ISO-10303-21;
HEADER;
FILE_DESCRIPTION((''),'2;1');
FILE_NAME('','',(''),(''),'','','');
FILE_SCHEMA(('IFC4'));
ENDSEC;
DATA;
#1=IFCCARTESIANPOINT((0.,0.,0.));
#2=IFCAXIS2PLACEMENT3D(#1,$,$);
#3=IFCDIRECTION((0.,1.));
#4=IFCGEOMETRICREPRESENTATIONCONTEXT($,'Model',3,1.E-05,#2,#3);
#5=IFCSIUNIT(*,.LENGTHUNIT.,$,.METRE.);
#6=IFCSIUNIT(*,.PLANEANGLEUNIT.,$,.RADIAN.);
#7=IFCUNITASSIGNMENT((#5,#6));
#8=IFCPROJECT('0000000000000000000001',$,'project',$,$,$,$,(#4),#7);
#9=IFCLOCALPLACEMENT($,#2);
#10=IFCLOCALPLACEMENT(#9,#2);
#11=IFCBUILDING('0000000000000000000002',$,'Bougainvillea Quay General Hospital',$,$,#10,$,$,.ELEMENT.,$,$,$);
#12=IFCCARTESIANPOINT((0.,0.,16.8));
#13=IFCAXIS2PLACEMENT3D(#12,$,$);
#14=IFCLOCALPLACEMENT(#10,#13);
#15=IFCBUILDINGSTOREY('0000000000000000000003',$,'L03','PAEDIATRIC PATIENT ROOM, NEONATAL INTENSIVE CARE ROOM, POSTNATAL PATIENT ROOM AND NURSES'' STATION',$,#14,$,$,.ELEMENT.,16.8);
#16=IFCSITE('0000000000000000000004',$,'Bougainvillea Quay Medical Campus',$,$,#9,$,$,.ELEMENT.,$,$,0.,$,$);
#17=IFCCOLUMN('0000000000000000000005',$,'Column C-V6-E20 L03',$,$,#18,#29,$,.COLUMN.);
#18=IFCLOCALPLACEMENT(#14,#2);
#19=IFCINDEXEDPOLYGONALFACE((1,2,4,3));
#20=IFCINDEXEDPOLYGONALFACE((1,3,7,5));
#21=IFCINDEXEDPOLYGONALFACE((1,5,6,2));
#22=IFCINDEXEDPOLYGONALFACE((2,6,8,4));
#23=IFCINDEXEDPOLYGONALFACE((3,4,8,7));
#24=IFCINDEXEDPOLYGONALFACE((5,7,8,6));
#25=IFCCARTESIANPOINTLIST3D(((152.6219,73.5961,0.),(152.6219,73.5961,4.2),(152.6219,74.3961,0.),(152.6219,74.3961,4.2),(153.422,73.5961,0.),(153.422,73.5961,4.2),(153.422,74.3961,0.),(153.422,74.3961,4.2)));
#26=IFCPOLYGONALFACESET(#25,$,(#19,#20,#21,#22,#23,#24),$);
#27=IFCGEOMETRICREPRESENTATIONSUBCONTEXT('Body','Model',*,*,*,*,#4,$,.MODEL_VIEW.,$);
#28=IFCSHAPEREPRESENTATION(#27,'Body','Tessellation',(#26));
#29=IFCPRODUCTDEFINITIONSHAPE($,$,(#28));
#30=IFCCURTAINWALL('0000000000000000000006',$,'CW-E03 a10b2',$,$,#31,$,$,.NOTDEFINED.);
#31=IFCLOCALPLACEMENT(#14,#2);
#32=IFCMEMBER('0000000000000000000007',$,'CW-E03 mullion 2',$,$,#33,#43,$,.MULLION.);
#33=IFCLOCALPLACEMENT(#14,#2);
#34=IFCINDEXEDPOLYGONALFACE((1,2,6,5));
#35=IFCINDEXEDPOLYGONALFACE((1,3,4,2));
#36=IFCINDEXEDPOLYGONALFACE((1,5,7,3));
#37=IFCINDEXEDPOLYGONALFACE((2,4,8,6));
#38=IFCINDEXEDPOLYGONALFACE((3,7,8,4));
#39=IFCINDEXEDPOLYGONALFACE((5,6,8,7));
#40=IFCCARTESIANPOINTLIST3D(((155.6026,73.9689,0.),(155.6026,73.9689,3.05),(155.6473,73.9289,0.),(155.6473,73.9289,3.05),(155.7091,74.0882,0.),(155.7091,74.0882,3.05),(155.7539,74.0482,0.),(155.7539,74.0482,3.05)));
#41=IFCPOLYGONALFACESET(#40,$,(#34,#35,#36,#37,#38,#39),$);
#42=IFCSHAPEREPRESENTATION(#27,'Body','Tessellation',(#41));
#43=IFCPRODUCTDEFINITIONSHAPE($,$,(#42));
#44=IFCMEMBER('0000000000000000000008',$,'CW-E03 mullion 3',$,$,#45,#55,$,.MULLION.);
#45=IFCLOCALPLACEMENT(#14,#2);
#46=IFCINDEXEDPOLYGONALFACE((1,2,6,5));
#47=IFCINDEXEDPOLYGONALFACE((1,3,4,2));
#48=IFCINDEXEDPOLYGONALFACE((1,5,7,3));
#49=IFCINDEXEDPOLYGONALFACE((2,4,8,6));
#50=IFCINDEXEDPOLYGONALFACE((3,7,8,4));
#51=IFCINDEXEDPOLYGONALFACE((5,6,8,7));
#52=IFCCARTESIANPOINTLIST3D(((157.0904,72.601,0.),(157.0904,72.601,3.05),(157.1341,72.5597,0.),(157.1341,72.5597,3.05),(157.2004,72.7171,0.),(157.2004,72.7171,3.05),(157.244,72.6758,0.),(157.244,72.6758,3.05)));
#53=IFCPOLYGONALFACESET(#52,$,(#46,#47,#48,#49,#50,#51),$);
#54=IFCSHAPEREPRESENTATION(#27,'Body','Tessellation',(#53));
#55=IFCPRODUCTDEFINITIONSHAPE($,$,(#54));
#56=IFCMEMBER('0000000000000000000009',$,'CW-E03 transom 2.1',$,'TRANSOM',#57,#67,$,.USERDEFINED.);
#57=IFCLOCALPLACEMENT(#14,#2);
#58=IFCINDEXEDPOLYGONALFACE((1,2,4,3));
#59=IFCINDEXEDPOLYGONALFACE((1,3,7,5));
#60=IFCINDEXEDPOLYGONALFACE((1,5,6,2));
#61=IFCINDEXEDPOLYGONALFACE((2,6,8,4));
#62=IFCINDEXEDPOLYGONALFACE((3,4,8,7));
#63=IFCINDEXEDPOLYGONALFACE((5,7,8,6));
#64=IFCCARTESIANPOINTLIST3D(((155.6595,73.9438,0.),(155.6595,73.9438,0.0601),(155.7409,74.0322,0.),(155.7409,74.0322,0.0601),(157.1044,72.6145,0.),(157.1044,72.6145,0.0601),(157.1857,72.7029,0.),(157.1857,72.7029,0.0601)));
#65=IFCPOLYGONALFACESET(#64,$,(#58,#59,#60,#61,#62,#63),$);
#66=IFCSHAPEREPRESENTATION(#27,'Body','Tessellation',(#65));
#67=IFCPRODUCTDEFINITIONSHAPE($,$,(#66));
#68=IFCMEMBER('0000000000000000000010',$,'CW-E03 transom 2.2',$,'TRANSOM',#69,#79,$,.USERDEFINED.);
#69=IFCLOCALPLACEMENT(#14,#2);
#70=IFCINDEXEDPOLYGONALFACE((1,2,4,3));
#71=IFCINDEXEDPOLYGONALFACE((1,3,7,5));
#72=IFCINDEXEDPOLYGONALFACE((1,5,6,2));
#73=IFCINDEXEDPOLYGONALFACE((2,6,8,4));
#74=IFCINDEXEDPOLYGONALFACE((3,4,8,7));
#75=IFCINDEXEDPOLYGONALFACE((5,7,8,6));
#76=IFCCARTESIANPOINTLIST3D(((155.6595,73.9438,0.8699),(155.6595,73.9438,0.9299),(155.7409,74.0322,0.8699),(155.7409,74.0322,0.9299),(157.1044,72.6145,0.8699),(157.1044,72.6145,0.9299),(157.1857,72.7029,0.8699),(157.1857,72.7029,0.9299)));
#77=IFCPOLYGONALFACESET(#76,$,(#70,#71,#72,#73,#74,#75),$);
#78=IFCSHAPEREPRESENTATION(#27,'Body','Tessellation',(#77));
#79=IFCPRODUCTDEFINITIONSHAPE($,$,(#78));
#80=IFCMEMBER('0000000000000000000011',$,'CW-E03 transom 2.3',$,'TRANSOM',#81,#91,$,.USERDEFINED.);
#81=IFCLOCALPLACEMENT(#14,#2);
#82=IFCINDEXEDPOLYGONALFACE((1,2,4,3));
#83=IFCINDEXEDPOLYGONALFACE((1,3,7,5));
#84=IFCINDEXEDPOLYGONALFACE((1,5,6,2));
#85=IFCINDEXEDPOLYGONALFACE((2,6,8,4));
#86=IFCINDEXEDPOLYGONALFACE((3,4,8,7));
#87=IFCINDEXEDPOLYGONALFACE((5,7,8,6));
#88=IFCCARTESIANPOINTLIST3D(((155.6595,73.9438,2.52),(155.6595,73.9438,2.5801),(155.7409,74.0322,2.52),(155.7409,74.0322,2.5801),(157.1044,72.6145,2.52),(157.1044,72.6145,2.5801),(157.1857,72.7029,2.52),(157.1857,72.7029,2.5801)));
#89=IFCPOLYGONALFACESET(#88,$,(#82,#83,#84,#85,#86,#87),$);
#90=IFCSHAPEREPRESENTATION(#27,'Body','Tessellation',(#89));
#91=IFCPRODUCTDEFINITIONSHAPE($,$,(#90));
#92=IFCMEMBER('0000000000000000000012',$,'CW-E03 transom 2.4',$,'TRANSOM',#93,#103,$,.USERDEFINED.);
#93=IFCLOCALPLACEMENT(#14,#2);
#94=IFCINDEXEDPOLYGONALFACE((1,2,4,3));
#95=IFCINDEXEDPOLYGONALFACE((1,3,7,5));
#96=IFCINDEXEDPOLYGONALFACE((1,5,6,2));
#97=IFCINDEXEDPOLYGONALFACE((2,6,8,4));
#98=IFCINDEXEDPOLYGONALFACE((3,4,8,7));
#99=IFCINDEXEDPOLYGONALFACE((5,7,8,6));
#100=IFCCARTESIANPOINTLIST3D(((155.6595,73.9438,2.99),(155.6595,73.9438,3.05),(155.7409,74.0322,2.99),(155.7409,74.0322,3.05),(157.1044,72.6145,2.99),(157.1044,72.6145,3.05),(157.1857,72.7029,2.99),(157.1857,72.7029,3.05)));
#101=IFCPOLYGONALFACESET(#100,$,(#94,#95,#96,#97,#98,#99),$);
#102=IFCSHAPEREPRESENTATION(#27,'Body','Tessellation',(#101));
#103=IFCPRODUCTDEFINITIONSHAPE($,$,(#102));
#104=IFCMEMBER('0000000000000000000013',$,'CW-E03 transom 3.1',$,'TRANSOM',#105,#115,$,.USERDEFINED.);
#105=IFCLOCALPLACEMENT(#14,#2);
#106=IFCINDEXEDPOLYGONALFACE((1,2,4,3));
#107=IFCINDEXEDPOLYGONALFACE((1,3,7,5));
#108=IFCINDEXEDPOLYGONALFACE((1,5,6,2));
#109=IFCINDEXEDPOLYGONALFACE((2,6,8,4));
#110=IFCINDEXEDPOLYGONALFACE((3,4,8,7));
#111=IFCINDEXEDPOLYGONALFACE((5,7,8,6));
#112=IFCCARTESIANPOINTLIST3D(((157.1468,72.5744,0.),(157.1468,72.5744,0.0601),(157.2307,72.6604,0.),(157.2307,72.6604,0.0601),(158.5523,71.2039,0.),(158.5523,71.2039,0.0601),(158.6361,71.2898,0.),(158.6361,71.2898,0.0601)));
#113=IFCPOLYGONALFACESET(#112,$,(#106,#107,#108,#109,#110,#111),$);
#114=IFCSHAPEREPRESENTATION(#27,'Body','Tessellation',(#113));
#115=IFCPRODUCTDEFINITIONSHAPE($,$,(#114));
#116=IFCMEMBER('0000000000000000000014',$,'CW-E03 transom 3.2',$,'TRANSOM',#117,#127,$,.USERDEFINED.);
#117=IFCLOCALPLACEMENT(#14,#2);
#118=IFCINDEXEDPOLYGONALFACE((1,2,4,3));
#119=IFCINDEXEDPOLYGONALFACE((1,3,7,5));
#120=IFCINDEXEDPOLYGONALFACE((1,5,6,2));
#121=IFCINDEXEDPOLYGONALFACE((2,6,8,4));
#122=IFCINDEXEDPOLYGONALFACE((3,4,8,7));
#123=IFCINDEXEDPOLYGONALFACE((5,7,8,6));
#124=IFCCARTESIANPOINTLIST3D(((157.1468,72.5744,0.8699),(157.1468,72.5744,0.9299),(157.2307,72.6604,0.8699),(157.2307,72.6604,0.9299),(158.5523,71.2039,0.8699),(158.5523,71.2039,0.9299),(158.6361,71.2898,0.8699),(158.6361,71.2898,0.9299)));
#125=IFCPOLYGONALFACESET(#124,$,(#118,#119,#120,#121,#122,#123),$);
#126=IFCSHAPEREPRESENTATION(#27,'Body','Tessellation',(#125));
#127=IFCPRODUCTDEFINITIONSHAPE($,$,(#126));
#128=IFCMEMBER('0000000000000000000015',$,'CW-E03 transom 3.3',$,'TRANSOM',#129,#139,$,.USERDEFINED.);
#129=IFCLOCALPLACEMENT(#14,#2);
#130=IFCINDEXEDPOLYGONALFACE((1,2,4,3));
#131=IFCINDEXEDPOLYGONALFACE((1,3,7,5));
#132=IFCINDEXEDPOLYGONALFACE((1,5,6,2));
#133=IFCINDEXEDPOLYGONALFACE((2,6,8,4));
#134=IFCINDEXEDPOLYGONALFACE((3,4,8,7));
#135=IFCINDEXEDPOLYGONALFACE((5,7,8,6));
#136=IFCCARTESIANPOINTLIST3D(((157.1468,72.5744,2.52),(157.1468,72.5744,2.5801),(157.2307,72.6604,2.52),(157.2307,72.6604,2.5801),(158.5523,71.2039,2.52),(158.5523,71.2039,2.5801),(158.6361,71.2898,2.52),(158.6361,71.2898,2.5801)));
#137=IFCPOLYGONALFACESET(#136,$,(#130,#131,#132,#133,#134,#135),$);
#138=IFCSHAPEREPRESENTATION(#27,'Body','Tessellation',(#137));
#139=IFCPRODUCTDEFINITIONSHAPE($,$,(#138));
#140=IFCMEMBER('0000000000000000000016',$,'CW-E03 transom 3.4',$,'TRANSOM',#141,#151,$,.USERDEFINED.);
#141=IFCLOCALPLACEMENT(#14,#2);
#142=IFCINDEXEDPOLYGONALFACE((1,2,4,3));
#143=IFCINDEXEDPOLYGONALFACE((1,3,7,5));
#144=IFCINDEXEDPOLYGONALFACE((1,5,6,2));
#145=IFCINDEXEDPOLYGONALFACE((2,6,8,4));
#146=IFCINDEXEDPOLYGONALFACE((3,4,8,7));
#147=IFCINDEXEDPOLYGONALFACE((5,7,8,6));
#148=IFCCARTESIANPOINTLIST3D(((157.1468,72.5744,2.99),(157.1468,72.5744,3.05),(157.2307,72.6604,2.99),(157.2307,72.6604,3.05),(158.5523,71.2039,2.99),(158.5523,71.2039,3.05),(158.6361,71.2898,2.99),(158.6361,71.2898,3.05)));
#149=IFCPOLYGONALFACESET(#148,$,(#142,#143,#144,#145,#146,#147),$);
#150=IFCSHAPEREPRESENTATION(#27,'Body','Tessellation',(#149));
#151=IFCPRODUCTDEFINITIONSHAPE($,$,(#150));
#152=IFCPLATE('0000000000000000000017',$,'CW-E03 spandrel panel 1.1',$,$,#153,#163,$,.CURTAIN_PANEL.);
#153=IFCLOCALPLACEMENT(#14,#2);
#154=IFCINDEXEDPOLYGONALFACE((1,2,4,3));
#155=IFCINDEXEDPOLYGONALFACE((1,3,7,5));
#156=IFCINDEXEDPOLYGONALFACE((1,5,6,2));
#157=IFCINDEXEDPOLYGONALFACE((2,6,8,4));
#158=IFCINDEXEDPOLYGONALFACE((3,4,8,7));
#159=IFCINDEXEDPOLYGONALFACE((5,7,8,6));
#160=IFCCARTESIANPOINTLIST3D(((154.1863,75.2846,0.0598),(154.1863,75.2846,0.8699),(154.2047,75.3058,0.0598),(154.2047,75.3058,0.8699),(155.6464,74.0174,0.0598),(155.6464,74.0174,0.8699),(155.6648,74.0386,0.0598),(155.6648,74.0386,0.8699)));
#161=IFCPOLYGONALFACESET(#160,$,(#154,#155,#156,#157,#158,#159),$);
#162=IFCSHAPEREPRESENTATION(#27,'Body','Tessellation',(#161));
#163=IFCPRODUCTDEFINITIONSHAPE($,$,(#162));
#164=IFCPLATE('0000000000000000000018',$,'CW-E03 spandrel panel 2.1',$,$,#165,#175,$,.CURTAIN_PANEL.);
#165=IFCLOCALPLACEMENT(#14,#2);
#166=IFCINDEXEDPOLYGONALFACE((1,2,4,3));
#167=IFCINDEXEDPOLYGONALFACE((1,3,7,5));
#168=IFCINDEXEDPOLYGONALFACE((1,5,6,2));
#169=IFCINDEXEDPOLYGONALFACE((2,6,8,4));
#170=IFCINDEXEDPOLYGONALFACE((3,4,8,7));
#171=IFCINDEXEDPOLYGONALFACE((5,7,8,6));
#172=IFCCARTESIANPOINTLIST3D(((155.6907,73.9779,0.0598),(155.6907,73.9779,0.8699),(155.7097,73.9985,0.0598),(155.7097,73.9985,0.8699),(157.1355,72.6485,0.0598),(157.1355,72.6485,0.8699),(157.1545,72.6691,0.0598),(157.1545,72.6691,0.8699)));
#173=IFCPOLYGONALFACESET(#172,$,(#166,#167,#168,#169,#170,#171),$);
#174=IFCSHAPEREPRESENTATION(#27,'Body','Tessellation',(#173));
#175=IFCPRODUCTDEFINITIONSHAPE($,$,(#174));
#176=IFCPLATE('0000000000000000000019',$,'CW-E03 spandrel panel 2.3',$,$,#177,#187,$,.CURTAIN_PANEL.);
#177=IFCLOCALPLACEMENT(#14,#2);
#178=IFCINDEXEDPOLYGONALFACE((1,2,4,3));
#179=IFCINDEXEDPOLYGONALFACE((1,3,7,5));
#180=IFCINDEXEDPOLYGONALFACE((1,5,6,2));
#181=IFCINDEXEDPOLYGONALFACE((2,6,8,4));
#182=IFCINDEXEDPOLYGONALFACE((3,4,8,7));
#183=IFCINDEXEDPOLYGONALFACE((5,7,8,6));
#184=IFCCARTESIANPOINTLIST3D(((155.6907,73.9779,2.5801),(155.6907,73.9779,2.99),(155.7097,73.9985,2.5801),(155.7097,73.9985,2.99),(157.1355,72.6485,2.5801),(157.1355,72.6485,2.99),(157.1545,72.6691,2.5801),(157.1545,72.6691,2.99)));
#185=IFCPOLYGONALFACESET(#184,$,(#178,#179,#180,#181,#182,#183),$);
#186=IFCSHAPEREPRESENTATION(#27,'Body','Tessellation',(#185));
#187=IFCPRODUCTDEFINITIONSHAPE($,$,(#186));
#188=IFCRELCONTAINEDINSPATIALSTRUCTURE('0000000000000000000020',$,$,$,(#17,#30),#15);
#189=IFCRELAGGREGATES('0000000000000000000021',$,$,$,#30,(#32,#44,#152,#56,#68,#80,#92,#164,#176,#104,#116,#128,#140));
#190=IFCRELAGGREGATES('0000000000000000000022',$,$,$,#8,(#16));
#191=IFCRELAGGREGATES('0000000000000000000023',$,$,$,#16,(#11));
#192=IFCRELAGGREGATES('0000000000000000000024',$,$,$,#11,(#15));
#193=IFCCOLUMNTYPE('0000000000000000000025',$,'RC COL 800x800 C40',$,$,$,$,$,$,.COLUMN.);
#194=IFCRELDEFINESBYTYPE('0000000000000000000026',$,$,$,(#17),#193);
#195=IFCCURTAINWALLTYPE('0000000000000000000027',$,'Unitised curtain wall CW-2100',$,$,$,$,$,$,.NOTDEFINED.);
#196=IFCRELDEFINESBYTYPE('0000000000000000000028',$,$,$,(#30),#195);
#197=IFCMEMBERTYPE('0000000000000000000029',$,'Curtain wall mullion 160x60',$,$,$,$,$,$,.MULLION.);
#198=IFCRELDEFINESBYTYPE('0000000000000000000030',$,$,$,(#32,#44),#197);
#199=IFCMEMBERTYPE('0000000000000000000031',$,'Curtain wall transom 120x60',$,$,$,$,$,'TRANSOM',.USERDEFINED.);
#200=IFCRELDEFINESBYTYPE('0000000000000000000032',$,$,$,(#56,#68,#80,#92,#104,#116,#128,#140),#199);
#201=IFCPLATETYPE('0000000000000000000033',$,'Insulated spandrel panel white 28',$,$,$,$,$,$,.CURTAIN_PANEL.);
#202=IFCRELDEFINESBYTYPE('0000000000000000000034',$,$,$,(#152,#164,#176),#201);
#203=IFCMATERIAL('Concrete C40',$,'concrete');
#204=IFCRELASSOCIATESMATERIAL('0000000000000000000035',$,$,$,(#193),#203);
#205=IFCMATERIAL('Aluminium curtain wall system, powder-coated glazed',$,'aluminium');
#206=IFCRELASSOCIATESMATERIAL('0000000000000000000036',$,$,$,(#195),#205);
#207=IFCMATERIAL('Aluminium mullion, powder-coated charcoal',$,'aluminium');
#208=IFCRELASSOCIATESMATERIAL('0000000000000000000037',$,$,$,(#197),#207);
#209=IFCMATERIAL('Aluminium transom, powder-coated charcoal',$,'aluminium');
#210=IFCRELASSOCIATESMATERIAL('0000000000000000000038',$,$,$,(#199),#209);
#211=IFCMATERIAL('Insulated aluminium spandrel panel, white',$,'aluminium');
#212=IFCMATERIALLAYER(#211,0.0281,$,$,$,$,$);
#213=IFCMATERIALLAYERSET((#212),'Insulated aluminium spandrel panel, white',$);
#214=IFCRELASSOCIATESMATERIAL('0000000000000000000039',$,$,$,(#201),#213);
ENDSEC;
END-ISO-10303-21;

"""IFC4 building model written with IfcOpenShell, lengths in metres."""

from ifc_helpers import new_model, si_unit, direction, frame, origin, origin_2d, place, context, subcontext, project, spatial, rectangle, extrude, material, layer, layer_set, material_profile, profile_set, type_object, element, aggregate, save


model = new_model("IFC4")

# Units and contexts
model_context = context("Model", 3, precision=1e-05, world=origin(), true_north=direction((0.0, 1.0)))
body_context = subcontext(model_context, "Body", "Model", "MODEL_VIEW")
ifc_project = project(units=[si_unit("LENGTHUNIT", "METRE"), si_unit("PLANEANGLEUNIT", "RADIAN")], contexts=[model_context])

# Site, building, storey
site_placement = place(None, origin())
site = spatial("IfcSite", under=ifc_project, at=site_placement, Name="Bougainvillea Quay Medical Campus", CompositionType="ELEMENT", RefElevation=0.0)
building_placement = place(site_placement, origin())
building = spatial("IfcBuilding", under=site, at=building_placement, Name="Bougainvillea Quay General Hospital", CompositionType="ELEMENT")
storey_placement = place(building_placement, frame((0.0, 0.0, 16.8)))
storey = spatial("IfcBuildingStorey", under=building, at=storey_placement, Name="L03", Description="PAEDIATRIC PATIENT ROOM, NEONATAL INTENSIVE CARE ROOM, POSTNATAL PATIENT ROOM AND NURSES' STATION", CompositionType="ELEMENT", Elevation=16.8)

# Column
ifc_material_1 = material(Name="Concrete C40", Category="concrete")
ifc_material_profile_1 = material_profile(ifc_material_1, rectangle(XDim=0.8, YDim=0.8, at=origin_2d()))
ifc_profile_set_1 = profile_set([ifc_material_profile_1], Name="Concrete C40")
column_type = type_object("IfcColumnType", Name="RC COL 800x800 C40", PredefinedType="COLUMN", material=ifc_profile_set_1)
column_placement = place(storey_placement, frame((153.022, 73.9961, 0.0), z_axis=(0.0, 0.0, 1.0), x_axis=(1.0, 0.0, 0.0)))
element("IfcColumn", 1, at=column_placement, inside=storey, type_object=column_type, Name="Column C-V6-E20 L03", PredefinedType="COLUMN", context=body_context, shape_type="SweptSolid", body=[
    extrude(rectangle(XDim=0.8, YDim=0.8, at=origin_2d()), origin(), (0.0, 0.0, 1.0), 4.2),
])

# Curtain wall, members, plates
ifc_material_2 = material(Name="Aluminium curtain wall system, powder-coated glazed", Category="aluminium")
curtain_wall_type = type_object("IfcCurtainWallType", Name="Unitised curtain wall CW-2100", PredefinedType="NOTDEFINED", material=ifc_material_2)
curtain_wall_placement = place(storey_placement, origin())
curtain_wall = element("IfcCurtainWall", 2, at=curtain_wall_placement, inside=storey, type_object=curtain_wall_type, Name="CW-E03 a10b2", PredefinedType="NOTDEFINED")
ifc_material_3 = material(Name="Aluminium mullion, powder-coated charcoal", Category="aluminium")
ifc_material_profile_2 = material_profile(ifc_material_3, rectangle(XDim=0.1599, YDim=0.0601, at=origin_2d()))
ifc_profile_set_2 = profile_set([ifc_material_profile_2], Name="Aluminium mullion, powder-coated charcoal")
member_type_1 = type_object("IfcMemberType", Name="Curtain wall mullion 160x60", PredefinedType="MULLION", material=ifc_profile_set_2)
member_1_placement = place(storey_placement, frame((155.6782, 74.0085, 0.0), z_axis=(0.0, 0.0, 1.0), x_axis=(0.666352, 0.745637, 0.0)))
member_1 = element("IfcMember", 3, at=member_1_placement, type_object=member_type_1, Name="CW-E03 mullion 2", PredefinedType="MULLION", context=body_context, shape_type="SweptSolid", body=[
    extrude(rectangle(XDim=0.1599, YDim=0.0601, at=origin_2d()), origin(), (0.0, 0.0, 1.0), 3.05),
])
member_2_placement = place(storey_placement, frame((157.1672, 72.6384, 0.0), z_axis=(0.0, 0.0, 1.0), x_axis=(0.687699, 0.725996, 0.0)))
member_2 = element("IfcMember", 4, at=member_2_placement, type_object=member_type_1, Name="CW-E03 mullion 3", PredefinedType="MULLION", context=body_context, shape_type="SweptSolid", body=[
    extrude(rectangle(XDim=0.1599, YDim=0.0601, at=origin_2d()), origin(), (0.0, 0.0, 1.0), 3.05),
])
ifc_material_4 = material(Name="Aluminium transom, powder-coated charcoal", Category="aluminium")
ifc_material_profile_3 = material_profile(ifc_material_4, rectangle(XDim=0.1201, YDim=0.0601, at=origin_2d()))
ifc_profile_set_3 = profile_set([ifc_material_profile_3], Name="Aluminium transom, powder-coated charcoal")
member_type_2 = type_object("IfcMemberType", Name="Curtain wall transom 120x60", ElementType="TRANSOM", PredefinedType="USERDEFINED", material=ifc_profile_set_3)
member_3_placement = place(storey_placement, frame((155.7002, 73.988, 0.03), z_axis=(0.735904, -0.677086, 0.0), x_axis=(0.677086, 0.735904, 0.0)))
member_3 = element("IfcMember", 5, at=member_3_placement, type_object=member_type_2, Name="CW-E03 transom 2.1", ObjectType="TRANSOM", PredefinedType="USERDEFINED", context=body_context, shape_type="SweptSolid", body=[
    extrude(rectangle(XDim=0.1201, YDim=0.0601, at=origin_2d()), origin(), (0.0, 0.0, 1.0), 1.9634),
])
member_4_placement = place(storey_placement, frame((155.7002, 73.988, 0.8999), z_axis=(0.735904, -0.677086, 0.0), x_axis=(0.677086, 0.735904, 0.0)))
member_4 = element("IfcMember", 6, at=member_4_placement, type_object=member_type_2, Name="CW-E03 transom 2.2", ObjectType="TRANSOM", PredefinedType="USERDEFINED", context=body_context, shape_type="SweptSolid", body=[
    extrude(rectangle(XDim=0.1201, YDim=0.0601, at=origin_2d()), origin(), (0.0, 0.0, 1.0), 1.9634),
])
member_5_placement = place(storey_placement, frame((155.7002, 73.988, 2.55), z_axis=(0.735904, -0.677086, 0.0), x_axis=(0.677086, 0.735904, 0.0)))
member_5 = element("IfcMember", 7, at=member_5_placement, type_object=member_type_2, Name="CW-E03 transom 2.3", ObjectType="TRANSOM", PredefinedType="USERDEFINED", context=body_context, shape_type="SweptSolid", body=[
    extrude(rectangle(XDim=0.1201, YDim=0.0601, at=origin_2d()), origin(), (0.0, 0.0, 1.0), 1.9634),
])
member_6_placement = place(storey_placement, frame((155.7002, 73.988, 3.02), z_axis=(0.735904, -0.677086, 0.0), x_axis=(0.677086, 0.735904, 0.0)))
member_6 = element("IfcMember", 8, at=member_6_placement, type_object=member_type_2, Name="CW-E03 transom 2.4", ObjectType="TRANSOM", PredefinedType="USERDEFINED", context=body_context, shape_type="SweptSolid", body=[
    extrude(rectangle(XDim=0.1201, YDim=0.0601, at=origin_2d()), origin(), (0.0, 0.0, 1.0), 1.9634),
])
member_7_placement = place(storey_placement, frame((157.1887, 72.6174, 0.03), z_axis=(0.715943, -0.698159, 0.0), x_axis=(0.698159, 0.715943, 0.0)))
member_7 = element("IfcMember", 9, at=member_7_placement, type_object=member_type_2, Name="CW-E03 transom 3.1", ObjectType="TRANSOM", PredefinedType="USERDEFINED", context=body_context, shape_type="SweptSolid", body=[
    extrude(rectangle(XDim=0.1201, YDim=0.0601, at=origin_2d()), origin(), (0.0, 0.0, 1.0), 1.9631),
])
member_8_placement = place(storey_placement, frame((157.1887, 72.6174, 0.8999), z_axis=(0.715943, -0.698159, 0.0), x_axis=(0.698159, 0.715943, 0.0)))
member_8 = element("IfcMember", 10, at=member_8_placement, type_object=member_type_2, Name="CW-E03 transom 3.2", ObjectType="TRANSOM", PredefinedType="USERDEFINED", context=body_context, shape_type="SweptSolid", body=[
    extrude(rectangle(XDim=0.1201, YDim=0.0601, at=origin_2d()), origin(), (0.0, 0.0, 1.0), 1.9631),
])
member_9_placement = place(storey_placement, frame((157.1887, 72.6174, 2.55), z_axis=(0.715943, -0.698159, 0.0), x_axis=(0.698159, 0.715943, 0.0)))
member_9 = element("IfcMember", 11, at=member_9_placement, type_object=member_type_2, Name="CW-E03 transom 3.3", ObjectType="TRANSOM", PredefinedType="USERDEFINED", context=body_context, shape_type="SweptSolid", body=[
    extrude(rectangle(XDim=0.1201, YDim=0.0601, at=origin_2d()), origin(), (0.0, 0.0, 1.0), 1.9631),
])
member_10_placement = place(storey_placement, frame((157.1887, 72.6174, 3.02), z_axis=(0.715943, -0.698159, 0.0), x_axis=(0.698159, 0.715943, 0.0)))
member_10 = element("IfcMember", 12, at=member_10_placement, type_object=member_type_2, Name="CW-E03 transom 3.4", ObjectType="TRANSOM", PredefinedType="USERDEFINED", context=body_context, shape_type="SweptSolid", body=[
    extrude(rectangle(XDim=0.1201, YDim=0.0601, at=origin_2d()), origin(), (0.0, 0.0, 1.0), 1.9631),
])
ifc_material_5 = material(Name="Insulated aluminium spandrel panel, white", Category="aluminium")
ifc_layer_1 = layer(ifc_material_5, 0.0281)
ifc_layer_set_1 = layer_set([ifc_layer_1], Name="Insulated aluminium spandrel panel, white")
plate_type_1 = type_object("IfcPlateType", Name="Insulated spandrel panel white 28", PredefinedType="CURTAIN_PANEL", material=ifc_layer_set_1)
plate_1_placement = place(storey_placement, frame((154.9255, 74.6616, 0.0598), z_axis=(0.0, 0.0, 1.0), x_axis=(0.755224, -0.655467, 0.0)))
plate_1 = element("IfcPlate", 13, at=plate_1_placement, type_object=plate_type_1, Name="CW-E03 spandrel panel 1.1", PredefinedType="CURTAIN_PANEL", context=body_context, shape_type="SweptSolid", body=[
    extrude(rectangle(XDim=1.9333, YDim=0.0281, at=origin_2d()), origin(), (0.0, 0.0, 1.0), 0.8101),
])
plate_2_placement = place(storey_placement, frame((156.4226, 73.3235, 0.0598), z_axis=(0.0, 0.0, 1.0), x_axis=(0.735894, -0.677097, 0.0)))
plate_2 = element("IfcPlate", 14, at=plate_2_placement, type_object=plate_type_1, Name="CW-E03 spandrel panel 2.1", PredefinedType="CURTAIN_PANEL", context=body_context, shape_type="SweptSolid", body=[
    extrude(rectangle(XDim=1.9634, YDim=0.0281, at=origin_2d()), origin(), (0.0, 0.0, 1.0), 0.8101),
])
plate_3_placement = place(storey_placement, frame((156.4226, 73.3235, 2.5801), z_axis=(0.0, 0.0, 1.0), x_axis=(0.735894, -0.677097, 0.0)))
plate_3 = element("IfcPlate", 15, at=plate_3_placement, type_object=plate_type_1, Name="CW-E03 spandrel panel 2.3", PredefinedType="CURTAIN_PANEL", context=body_context, shape_type="SweptSolid", body=[
    extrude(rectangle(XDim=1.9634, YDim=0.0281, at=origin_2d()), origin(), (0.0, 0.0, 1.0), 0.4099),
])
aggregate(curtain_wall, [member_1, member_2, plate_1, member_3, member_4, member_5, member_6, plate_2, plate_3, member_7, member_8, member_9, member_10])

save(model, "model.ifc")
